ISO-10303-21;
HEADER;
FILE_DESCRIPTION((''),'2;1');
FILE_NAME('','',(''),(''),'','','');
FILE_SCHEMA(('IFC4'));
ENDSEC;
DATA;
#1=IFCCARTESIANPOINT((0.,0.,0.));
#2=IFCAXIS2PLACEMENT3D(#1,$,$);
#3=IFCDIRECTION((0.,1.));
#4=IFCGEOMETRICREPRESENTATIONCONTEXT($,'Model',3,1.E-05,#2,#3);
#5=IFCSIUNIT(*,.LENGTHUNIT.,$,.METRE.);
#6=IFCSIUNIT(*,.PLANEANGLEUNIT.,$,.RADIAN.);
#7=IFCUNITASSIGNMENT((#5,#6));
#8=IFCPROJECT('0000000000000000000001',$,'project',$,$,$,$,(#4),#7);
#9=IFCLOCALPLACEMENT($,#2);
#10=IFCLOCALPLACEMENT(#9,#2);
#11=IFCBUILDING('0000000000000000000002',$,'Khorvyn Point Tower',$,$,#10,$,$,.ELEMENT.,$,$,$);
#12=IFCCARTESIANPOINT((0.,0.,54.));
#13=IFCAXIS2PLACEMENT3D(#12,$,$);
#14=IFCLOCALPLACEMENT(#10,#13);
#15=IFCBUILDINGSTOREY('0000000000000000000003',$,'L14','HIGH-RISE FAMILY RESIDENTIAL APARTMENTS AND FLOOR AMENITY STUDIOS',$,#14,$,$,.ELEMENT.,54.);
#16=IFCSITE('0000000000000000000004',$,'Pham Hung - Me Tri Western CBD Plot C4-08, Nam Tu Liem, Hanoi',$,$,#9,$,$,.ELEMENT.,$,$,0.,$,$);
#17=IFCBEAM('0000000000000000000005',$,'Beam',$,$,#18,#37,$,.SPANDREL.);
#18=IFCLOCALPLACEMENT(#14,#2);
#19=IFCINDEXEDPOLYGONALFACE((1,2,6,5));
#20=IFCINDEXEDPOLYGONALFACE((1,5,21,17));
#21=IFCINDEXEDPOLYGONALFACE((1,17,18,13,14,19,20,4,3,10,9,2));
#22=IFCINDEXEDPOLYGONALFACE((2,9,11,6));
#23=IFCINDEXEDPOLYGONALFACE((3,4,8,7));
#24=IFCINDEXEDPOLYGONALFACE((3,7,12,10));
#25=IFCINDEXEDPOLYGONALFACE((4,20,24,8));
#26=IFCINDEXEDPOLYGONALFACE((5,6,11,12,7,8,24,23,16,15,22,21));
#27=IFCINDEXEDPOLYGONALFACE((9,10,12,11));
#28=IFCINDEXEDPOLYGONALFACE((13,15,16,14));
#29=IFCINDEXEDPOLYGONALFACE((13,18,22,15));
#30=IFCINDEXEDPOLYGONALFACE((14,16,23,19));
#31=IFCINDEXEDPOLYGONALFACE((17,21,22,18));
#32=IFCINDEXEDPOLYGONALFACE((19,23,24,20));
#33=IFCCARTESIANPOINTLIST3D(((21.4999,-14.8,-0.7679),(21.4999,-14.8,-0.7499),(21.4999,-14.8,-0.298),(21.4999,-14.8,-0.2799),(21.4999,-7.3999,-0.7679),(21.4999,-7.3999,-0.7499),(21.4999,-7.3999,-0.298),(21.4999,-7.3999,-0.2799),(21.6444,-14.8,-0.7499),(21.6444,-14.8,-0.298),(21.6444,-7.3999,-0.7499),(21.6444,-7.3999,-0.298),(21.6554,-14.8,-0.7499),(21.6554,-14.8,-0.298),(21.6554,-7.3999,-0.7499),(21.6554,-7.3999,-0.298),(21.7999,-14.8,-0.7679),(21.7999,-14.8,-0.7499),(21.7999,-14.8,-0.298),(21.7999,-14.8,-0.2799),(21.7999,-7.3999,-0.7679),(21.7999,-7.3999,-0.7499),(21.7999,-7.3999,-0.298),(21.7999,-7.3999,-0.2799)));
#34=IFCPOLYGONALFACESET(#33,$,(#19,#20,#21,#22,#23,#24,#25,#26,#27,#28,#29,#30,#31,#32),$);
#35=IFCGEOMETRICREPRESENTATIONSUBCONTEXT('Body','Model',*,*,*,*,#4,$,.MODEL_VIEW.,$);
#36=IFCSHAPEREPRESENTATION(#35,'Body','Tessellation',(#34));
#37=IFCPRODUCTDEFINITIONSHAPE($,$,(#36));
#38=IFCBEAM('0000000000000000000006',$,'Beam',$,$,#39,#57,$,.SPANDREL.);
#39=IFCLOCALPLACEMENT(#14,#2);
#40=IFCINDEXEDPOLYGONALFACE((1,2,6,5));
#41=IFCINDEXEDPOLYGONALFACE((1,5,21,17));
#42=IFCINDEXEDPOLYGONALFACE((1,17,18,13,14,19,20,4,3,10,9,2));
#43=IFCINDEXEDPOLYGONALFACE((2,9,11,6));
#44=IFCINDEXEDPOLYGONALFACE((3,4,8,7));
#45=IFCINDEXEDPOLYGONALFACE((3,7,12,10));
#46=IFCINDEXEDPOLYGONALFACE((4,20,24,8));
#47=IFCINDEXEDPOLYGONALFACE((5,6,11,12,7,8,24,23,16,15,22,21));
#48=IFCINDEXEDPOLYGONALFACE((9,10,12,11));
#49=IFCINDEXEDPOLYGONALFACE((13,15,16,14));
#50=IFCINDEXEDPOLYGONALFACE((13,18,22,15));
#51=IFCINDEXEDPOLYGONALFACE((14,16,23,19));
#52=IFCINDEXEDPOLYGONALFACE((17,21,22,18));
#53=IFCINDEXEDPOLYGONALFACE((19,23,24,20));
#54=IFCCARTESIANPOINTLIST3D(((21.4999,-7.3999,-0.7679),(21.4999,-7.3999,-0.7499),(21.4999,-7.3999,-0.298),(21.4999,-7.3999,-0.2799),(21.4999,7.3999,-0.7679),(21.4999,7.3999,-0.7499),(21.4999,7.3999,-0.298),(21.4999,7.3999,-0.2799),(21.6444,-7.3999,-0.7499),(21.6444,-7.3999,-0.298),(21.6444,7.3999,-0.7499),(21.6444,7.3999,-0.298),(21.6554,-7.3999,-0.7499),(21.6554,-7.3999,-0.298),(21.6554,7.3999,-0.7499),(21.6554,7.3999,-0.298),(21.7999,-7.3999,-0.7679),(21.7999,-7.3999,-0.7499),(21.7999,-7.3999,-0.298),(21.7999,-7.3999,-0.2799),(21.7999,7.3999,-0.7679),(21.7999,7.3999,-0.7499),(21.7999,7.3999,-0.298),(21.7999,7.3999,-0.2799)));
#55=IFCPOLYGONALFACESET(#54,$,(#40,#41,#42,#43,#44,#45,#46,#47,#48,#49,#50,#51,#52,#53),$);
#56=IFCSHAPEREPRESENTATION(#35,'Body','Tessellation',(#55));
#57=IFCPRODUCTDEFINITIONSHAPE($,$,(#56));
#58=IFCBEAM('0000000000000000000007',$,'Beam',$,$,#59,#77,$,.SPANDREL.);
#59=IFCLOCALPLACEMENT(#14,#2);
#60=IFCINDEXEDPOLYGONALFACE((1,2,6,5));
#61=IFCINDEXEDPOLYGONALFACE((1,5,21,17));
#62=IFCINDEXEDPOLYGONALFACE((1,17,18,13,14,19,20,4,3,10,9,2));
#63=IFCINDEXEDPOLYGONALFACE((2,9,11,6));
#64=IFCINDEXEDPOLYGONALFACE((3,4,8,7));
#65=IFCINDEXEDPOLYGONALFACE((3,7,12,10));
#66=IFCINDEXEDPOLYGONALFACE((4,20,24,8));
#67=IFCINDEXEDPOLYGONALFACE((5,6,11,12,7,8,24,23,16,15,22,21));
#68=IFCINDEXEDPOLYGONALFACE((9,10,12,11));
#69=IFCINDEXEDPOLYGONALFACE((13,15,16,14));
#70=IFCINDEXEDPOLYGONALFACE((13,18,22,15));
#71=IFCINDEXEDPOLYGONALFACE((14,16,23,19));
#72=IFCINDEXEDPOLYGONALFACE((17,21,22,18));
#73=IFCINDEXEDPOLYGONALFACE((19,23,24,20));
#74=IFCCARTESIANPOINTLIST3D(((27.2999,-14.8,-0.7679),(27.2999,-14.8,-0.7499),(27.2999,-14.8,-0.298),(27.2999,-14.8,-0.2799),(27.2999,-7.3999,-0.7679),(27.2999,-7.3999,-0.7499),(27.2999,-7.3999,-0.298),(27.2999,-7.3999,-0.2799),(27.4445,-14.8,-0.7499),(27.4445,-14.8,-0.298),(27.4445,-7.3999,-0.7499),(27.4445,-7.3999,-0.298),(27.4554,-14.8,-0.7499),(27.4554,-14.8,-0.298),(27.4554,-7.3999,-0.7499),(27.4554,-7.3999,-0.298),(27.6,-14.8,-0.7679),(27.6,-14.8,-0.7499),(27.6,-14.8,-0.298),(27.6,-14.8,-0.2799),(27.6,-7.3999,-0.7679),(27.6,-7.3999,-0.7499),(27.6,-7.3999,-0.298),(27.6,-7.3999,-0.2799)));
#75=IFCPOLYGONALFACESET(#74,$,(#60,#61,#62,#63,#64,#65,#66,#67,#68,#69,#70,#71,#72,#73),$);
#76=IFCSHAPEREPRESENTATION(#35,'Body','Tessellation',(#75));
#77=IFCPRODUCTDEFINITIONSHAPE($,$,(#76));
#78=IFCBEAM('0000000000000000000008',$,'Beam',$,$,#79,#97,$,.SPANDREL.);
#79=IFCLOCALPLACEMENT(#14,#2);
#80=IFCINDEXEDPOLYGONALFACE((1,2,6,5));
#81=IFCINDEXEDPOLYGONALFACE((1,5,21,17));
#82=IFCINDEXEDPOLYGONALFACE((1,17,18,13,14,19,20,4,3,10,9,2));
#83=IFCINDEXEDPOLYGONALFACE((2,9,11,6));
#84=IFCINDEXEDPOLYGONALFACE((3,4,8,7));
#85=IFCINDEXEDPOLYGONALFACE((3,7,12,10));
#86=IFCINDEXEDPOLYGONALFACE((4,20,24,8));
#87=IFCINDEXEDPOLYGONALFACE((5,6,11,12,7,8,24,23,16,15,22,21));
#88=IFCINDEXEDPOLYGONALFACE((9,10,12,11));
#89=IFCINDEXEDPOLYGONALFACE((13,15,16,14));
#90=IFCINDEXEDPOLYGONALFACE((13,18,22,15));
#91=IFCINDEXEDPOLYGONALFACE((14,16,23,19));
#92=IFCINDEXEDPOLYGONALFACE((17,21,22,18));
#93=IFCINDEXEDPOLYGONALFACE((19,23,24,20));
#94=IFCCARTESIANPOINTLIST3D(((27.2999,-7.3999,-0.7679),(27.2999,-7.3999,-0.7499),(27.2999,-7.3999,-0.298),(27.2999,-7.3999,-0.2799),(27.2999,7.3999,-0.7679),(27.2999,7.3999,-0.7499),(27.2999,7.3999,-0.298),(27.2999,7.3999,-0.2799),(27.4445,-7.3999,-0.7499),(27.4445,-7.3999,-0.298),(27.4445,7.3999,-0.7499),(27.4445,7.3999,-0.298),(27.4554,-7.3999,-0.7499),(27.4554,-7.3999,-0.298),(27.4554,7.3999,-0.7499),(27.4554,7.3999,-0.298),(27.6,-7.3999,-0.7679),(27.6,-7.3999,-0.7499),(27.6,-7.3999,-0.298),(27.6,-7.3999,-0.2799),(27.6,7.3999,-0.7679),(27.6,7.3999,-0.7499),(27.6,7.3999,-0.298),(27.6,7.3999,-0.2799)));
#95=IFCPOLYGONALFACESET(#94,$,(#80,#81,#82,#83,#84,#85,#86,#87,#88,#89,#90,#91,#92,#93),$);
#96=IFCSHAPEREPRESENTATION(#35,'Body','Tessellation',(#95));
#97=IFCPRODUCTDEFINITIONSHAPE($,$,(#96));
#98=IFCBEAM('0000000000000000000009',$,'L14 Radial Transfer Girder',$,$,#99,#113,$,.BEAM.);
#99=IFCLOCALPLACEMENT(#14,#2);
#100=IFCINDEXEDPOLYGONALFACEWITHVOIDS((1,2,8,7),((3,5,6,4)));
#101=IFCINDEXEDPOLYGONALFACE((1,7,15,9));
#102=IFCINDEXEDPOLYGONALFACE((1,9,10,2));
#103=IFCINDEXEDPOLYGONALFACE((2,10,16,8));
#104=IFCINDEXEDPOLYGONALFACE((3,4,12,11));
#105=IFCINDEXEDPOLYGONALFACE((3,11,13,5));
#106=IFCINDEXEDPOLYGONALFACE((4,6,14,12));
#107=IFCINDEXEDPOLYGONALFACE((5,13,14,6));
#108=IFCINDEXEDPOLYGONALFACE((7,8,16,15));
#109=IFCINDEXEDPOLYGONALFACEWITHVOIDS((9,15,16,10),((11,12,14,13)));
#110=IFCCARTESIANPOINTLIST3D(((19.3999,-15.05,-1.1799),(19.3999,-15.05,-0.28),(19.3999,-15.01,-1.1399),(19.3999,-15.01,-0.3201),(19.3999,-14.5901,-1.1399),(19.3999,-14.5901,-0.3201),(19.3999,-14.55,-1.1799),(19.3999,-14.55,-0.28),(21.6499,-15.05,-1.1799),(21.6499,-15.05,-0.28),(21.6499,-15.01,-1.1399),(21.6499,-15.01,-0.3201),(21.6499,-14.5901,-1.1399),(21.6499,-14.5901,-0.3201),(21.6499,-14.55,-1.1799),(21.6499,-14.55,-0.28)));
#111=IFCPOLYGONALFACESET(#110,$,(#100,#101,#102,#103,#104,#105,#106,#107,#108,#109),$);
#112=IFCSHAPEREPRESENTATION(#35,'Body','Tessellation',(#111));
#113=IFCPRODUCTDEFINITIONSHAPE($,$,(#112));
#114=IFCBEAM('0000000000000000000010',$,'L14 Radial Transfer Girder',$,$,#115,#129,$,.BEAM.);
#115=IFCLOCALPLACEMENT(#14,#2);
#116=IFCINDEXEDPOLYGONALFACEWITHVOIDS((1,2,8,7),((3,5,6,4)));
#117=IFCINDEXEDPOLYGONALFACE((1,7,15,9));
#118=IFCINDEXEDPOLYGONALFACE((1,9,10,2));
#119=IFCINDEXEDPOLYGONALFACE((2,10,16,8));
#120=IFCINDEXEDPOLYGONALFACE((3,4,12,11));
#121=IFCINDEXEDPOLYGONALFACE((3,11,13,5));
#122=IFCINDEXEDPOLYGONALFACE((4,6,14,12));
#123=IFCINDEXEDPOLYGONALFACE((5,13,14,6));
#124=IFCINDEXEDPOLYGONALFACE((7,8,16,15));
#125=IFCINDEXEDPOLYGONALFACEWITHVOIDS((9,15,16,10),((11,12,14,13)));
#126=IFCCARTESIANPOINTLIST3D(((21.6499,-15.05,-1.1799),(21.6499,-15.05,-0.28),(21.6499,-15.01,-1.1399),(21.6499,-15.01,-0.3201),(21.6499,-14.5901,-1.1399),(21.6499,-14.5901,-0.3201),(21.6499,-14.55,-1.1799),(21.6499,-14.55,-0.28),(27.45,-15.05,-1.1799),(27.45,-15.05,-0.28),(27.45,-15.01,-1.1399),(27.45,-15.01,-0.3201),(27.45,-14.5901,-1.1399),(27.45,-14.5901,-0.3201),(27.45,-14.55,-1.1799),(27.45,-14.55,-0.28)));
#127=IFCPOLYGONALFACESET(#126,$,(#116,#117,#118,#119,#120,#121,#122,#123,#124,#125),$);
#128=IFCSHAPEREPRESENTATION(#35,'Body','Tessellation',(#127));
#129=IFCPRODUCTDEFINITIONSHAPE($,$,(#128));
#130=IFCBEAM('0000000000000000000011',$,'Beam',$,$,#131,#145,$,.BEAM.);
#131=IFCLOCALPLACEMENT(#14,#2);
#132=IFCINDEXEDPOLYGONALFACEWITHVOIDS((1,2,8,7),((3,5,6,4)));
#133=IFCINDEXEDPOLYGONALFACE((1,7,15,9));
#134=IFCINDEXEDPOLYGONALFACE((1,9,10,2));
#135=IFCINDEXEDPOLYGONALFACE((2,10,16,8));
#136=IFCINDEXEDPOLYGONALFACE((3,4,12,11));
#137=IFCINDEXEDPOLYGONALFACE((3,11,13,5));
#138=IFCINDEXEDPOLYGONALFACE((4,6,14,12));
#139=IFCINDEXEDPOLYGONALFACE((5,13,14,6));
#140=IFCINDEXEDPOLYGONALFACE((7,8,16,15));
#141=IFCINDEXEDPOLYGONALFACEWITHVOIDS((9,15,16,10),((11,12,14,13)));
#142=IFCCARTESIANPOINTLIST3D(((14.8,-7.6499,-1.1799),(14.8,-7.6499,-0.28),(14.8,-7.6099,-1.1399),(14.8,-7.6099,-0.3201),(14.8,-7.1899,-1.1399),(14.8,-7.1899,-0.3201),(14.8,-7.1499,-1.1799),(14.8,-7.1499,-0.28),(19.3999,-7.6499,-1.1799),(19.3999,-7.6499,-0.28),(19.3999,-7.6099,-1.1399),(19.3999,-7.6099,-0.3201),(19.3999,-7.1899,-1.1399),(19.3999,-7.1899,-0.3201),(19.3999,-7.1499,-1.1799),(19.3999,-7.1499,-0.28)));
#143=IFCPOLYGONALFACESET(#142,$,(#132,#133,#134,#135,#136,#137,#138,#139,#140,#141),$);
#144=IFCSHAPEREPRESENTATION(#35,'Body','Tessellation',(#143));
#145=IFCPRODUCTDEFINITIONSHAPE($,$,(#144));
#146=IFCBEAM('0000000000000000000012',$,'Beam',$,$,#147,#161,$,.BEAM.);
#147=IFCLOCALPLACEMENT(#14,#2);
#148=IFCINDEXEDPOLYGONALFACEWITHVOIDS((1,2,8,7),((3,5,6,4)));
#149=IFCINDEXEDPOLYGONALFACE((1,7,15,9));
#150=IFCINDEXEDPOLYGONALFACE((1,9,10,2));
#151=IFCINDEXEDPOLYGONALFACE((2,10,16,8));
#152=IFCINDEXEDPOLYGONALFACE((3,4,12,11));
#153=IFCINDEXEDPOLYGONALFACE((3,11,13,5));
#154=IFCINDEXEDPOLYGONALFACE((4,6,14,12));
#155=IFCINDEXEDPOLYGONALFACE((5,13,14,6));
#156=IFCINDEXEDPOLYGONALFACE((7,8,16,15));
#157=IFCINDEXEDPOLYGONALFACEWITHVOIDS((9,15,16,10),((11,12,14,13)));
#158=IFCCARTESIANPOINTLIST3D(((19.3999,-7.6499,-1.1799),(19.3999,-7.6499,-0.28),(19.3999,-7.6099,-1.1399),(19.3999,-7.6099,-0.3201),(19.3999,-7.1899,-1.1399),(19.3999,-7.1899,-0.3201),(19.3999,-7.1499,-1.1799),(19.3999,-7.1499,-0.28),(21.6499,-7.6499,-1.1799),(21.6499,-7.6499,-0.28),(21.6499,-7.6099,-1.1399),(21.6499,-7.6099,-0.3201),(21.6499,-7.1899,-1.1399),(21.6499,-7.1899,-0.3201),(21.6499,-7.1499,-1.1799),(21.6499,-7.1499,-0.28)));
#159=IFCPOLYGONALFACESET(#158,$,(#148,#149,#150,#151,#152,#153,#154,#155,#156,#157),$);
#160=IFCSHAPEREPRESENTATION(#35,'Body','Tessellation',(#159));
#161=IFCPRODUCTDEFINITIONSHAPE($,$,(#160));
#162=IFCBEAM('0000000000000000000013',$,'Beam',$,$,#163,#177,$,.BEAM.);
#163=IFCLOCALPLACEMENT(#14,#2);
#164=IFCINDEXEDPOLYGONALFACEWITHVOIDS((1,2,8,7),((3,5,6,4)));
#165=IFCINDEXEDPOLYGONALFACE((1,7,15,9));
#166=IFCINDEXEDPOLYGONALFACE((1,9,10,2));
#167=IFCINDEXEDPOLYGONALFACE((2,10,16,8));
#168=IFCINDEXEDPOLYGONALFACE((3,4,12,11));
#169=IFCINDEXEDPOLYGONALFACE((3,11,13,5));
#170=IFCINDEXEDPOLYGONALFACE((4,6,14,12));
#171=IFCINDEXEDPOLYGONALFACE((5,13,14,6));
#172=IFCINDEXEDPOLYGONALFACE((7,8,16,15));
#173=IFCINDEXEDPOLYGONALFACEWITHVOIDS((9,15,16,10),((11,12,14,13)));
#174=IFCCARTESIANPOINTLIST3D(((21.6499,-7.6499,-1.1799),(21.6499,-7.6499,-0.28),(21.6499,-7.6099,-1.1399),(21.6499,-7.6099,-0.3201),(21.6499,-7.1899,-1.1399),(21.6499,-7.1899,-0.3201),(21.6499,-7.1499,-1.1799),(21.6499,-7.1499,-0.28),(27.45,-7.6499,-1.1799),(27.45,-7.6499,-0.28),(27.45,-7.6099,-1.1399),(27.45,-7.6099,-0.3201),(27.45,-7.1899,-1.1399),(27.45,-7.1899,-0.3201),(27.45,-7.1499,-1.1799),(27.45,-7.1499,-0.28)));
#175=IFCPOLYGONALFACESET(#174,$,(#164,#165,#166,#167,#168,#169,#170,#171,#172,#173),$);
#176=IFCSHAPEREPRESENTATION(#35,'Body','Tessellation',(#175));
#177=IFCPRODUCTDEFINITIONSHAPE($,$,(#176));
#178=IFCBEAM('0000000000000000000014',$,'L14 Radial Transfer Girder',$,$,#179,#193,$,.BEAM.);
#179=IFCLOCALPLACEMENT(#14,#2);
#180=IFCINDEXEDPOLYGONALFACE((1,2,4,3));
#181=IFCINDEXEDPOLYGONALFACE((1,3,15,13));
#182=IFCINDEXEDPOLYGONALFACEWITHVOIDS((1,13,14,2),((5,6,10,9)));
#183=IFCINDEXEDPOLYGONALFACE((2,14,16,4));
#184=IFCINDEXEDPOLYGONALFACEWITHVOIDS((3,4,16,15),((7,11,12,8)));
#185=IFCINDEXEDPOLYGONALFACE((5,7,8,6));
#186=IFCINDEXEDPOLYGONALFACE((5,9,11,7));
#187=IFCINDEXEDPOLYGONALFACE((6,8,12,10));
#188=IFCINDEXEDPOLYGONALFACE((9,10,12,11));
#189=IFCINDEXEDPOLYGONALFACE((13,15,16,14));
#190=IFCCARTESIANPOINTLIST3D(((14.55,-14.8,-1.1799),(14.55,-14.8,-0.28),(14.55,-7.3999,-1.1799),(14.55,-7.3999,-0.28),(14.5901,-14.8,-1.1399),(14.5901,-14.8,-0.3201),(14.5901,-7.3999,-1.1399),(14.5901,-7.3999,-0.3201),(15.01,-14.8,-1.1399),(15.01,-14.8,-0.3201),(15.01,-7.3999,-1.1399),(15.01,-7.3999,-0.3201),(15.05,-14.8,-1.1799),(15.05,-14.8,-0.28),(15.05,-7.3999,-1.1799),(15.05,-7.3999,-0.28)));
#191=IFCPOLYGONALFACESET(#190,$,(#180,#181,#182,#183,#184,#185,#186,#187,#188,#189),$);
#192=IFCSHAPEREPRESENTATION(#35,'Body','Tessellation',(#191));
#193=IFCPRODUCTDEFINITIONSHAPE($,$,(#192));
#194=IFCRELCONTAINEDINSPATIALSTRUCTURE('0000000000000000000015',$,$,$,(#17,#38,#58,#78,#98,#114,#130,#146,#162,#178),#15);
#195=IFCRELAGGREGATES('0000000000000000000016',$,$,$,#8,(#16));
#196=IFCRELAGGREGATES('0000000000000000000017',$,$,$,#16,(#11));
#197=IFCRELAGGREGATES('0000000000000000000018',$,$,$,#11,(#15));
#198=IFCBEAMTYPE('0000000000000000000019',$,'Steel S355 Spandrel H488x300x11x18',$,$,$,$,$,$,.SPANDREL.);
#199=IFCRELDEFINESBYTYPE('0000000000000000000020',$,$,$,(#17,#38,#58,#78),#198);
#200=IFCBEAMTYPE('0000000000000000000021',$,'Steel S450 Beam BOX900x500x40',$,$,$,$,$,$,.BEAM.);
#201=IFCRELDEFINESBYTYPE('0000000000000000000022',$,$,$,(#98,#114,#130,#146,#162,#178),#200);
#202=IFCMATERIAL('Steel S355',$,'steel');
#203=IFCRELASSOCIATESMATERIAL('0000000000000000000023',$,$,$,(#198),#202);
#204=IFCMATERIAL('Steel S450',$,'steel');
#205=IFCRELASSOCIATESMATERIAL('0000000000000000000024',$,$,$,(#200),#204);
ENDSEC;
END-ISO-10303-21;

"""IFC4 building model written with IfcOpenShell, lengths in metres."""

from ifc_helpers import new_model, si_unit, direction, frame, origin, origin_2d, place, context, subcontext, project, spatial, hollow_rectangle, i_section, extrude, material, material_profile, profile_set, type_object, element, save


model = new_model("IFC4")

# Units and contexts
model_context = context("Model", 3, precision=1e-05, world=origin(), true_north=direction((0.0, 1.0)))
body_context = subcontext(model_context, "Body", "Model", "MODEL_VIEW")
ifc_project = project(units=[si_unit("LENGTHUNIT", "METRE"), si_unit("PLANEANGLEUNIT", "RADIAN")], contexts=[model_context])

# Site, building, storey
site_placement = place(None, origin())
site = spatial("IfcSite", under=ifc_project, at=site_placement, Name="Pham Hung - Me Tri Western CBD Plot C4-08, Nam Tu Liem, Hanoi", CompositionType="ELEMENT", RefElevation=0.0)
building_placement = place(site_placement, origin())
building = spatial("IfcBuilding", under=site, at=building_placement, Name="Khorvyn Point Tower", CompositionType="ELEMENT")
storey_placement = place(building_placement, frame((0.0, 0.0, 54.0)))
storey = spatial("IfcBuildingStorey", under=building, at=storey_placement, Name="L14", Description="HIGH-RISE FAMILY RESIDENTIAL APARTMENTS AND FLOOR AMENITY STUDIOS", CompositionType="ELEMENT", Elevation=54.0)

# Shared definitions
ifc_material_1 = material(Name="Steel S450", Category="steel")

# Beams
ifc_material_2 = material(Name="Steel S355", Category="steel")
ifc_material_profile_1 = material_profile(ifc_material_2, i_section(OverallWidth=0.3, OverallDepth=0.488, WebThickness=0.011, FlangeThickness=0.0181, at=origin_2d()))
ifc_profile_set_1 = profile_set([ifc_material_profile_1], Name="Steel S355 H488x300x11x18")
beam_type_1 = type_object("IfcBeamType", Name="Steel S355 Spandrel H488x300x11x18", PredefinedType="SPANDREL", material=ifc_profile_set_1)
beam_1_placement = place(storey_placement, frame((21.6499, -14.8, -0.5239), z_axis=(0.0, 1.0, 0.0), x_axis=(-1.0, 0.0, 0.0)))
element("IfcBeam", 1, at=beam_1_placement, inside=storey, type_object=beam_type_1, Name="Beam", PredefinedType="SPANDREL", context=body_context, shape_type="SweptSolid", body=[
    extrude(i_section(OverallWidth=0.3, OverallDepth=0.488, WebThickness=0.011, FlangeThickness=0.0181, at=origin_2d()), origin(), (0.0, 0.0, 1.0), 7.4001),
])
beam_2_placement = place(storey_placement, frame((21.6499, -7.3999, -0.5239), z_axis=(0.0, 1.0, 0.0), x_axis=(-1.0, 0.0, 0.0)))
element("IfcBeam", 2, at=beam_2_placement, inside=storey, type_object=beam_type_1, Name="Beam", PredefinedType="SPANDREL", context=body_context, shape_type="SweptSolid", body=[
    extrude(i_section(OverallWidth=0.3, OverallDepth=0.488, WebThickness=0.011, FlangeThickness=0.0181, at=origin_2d()), origin(), (0.0, 0.0, 1.0), 14.7998),
])
beam_3_placement = place(storey_placement, frame((27.45, -14.8, -0.5239), z_axis=(0.0, 1.0, 0.0), x_axis=(-1.0, 0.0, 0.0)))
element("IfcBeam", 3, at=beam_3_placement, inside=storey, type_object=beam_type_1, Name="Beam", PredefinedType="SPANDREL", context=body_context, shape_type="SweptSolid", body=[
    extrude(i_section(OverallWidth=0.3, OverallDepth=0.488, WebThickness=0.011, FlangeThickness=0.0181, at=origin_2d()), origin(), (0.0, 0.0, 1.0), 7.4001),
])
beam_4_placement = place(storey_placement, frame((27.45, -7.3999, -0.5239), z_axis=(0.0, 1.0, 0.0), x_axis=(-1.0, 0.0, 0.0)))
element("IfcBeam", 4, at=beam_4_placement, inside=storey, type_object=beam_type_1, Name="Beam", PredefinedType="SPANDREL", context=body_context, shape_type="SweptSolid", body=[
    extrude(i_section(OverallWidth=0.3, OverallDepth=0.488, WebThickness=0.011, FlangeThickness=0.0181, at=origin_2d()), origin(), (0.0, 0.0, 1.0), 14.7998),
])
ifc_material_profile_2 = material_profile(ifc_material_1, hollow_rectangle(XDim=0.5, YDim=0.8999, WallThickness=0.04, at=origin_2d()))
ifc_profile_set_2 = profile_set([ifc_material_profile_2], Name="Steel S450 BOX900x500x40")
beam_type_2 = type_object("IfcBeamType", Name="Steel S450 Beam BOX900x500x40", PredefinedType="BEAM", material=ifc_profile_set_2)
beam_5_placement = place(storey_placement, frame((19.3999, -14.8, -0.73), z_axis=(1.0, 0.0, 0.0), x_axis=(0.0, 1.0, 0.0)))
element("IfcBeam", 5, at=beam_5_placement, inside=storey, type_object=beam_type_2, Name="L14 Radial Transfer Girder", PredefinedType="BEAM", context=body_context, shape_type="SweptSolid", body=[
    extrude(hollow_rectangle(XDim=0.5, YDim=0.8999, WallThickness=0.04, at=origin_2d()), origin(), (0.0, 0.0, 1.0), 2.25),
])
beam_6_placement = place(storey_placement, frame((21.6499, -14.8, -0.73), z_axis=(1.0, 0.0, 0.0), x_axis=(0.0, 1.0, 0.0)))
element("IfcBeam", 6, at=beam_6_placement, inside=storey, type_object=beam_type_2, Name="L14 Radial Transfer Girder", PredefinedType="BEAM", context=body_context, shape_type="SweptSolid", body=[
    extrude(hollow_rectangle(XDim=0.5, YDim=0.8999, WallThickness=0.04, at=origin_2d()), origin(), (0.0, 0.0, 1.0), 5.8),
])
beam_7_placement = place(storey_placement, frame((14.8, -7.3999, -0.73), z_axis=(1.0, 0.0, 0.0), x_axis=(0.0, 1.0, 0.0)))
element("IfcBeam", 7, at=beam_7_placement, inside=storey, type_object=beam_type_2, Name="Beam", PredefinedType="BEAM", context=body_context, shape_type="SweptSolid", body=[
    extrude(hollow_rectangle(XDim=0.5, YDim=0.8999, WallThickness=0.04, at=origin_2d()), origin(), (0.0, 0.0, 1.0), 4.5999),
])
beam_8_placement = place(storey_placement, frame((19.3999, -7.3999, -0.73), z_axis=(1.0, 0.0, 0.0), x_axis=(0.0, 1.0, 0.0)))
element("IfcBeam", 8, at=beam_8_placement, inside=storey, type_object=beam_type_2, Name="Beam", PredefinedType="BEAM", context=body_context, shape_type="SweptSolid", body=[
    extrude(hollow_rectangle(XDim=0.5, YDim=0.8999, WallThickness=0.04, at=origin_2d()), origin(), (0.0, 0.0, 1.0), 2.25),
])
beam_9_placement = place(storey_placement, frame((21.6499, -7.3999, -0.73), z_axis=(1.0, 0.0, 0.0), x_axis=(0.0, 1.0, 0.0)))
element("IfcBeam", 9, at=beam_9_placement, inside=storey, type_object=beam_type_2, Name="Beam", PredefinedType="BEAM", context=body_context, shape_type="SweptSolid", body=[
    extrude(hollow_rectangle(XDim=0.5, YDim=0.8999, WallThickness=0.04, at=origin_2d()), origin(), (0.0, 0.0, 1.0), 5.8),
])
beam_10_placement = place(storey_placement, frame((14.8, -14.8, -0.73), z_axis=(0.0, 1.0, 0.0), x_axis=(-1.0, 0.0, 0.0)))
element("IfcBeam", 10, at=beam_10_placement, inside=storey, type_object=beam_type_2, Name="L14 Radial Transfer Girder", PredefinedType="BEAM", context=body_context, shape_type="SweptSolid", body=[
    extrude(hollow_rectangle(XDim=0.5, YDim=0.8999, WallThickness=0.04, at=origin_2d()), origin(), (0.0, 0.0, 1.0), 7.4001),
])

save(model, "model.ifc")
